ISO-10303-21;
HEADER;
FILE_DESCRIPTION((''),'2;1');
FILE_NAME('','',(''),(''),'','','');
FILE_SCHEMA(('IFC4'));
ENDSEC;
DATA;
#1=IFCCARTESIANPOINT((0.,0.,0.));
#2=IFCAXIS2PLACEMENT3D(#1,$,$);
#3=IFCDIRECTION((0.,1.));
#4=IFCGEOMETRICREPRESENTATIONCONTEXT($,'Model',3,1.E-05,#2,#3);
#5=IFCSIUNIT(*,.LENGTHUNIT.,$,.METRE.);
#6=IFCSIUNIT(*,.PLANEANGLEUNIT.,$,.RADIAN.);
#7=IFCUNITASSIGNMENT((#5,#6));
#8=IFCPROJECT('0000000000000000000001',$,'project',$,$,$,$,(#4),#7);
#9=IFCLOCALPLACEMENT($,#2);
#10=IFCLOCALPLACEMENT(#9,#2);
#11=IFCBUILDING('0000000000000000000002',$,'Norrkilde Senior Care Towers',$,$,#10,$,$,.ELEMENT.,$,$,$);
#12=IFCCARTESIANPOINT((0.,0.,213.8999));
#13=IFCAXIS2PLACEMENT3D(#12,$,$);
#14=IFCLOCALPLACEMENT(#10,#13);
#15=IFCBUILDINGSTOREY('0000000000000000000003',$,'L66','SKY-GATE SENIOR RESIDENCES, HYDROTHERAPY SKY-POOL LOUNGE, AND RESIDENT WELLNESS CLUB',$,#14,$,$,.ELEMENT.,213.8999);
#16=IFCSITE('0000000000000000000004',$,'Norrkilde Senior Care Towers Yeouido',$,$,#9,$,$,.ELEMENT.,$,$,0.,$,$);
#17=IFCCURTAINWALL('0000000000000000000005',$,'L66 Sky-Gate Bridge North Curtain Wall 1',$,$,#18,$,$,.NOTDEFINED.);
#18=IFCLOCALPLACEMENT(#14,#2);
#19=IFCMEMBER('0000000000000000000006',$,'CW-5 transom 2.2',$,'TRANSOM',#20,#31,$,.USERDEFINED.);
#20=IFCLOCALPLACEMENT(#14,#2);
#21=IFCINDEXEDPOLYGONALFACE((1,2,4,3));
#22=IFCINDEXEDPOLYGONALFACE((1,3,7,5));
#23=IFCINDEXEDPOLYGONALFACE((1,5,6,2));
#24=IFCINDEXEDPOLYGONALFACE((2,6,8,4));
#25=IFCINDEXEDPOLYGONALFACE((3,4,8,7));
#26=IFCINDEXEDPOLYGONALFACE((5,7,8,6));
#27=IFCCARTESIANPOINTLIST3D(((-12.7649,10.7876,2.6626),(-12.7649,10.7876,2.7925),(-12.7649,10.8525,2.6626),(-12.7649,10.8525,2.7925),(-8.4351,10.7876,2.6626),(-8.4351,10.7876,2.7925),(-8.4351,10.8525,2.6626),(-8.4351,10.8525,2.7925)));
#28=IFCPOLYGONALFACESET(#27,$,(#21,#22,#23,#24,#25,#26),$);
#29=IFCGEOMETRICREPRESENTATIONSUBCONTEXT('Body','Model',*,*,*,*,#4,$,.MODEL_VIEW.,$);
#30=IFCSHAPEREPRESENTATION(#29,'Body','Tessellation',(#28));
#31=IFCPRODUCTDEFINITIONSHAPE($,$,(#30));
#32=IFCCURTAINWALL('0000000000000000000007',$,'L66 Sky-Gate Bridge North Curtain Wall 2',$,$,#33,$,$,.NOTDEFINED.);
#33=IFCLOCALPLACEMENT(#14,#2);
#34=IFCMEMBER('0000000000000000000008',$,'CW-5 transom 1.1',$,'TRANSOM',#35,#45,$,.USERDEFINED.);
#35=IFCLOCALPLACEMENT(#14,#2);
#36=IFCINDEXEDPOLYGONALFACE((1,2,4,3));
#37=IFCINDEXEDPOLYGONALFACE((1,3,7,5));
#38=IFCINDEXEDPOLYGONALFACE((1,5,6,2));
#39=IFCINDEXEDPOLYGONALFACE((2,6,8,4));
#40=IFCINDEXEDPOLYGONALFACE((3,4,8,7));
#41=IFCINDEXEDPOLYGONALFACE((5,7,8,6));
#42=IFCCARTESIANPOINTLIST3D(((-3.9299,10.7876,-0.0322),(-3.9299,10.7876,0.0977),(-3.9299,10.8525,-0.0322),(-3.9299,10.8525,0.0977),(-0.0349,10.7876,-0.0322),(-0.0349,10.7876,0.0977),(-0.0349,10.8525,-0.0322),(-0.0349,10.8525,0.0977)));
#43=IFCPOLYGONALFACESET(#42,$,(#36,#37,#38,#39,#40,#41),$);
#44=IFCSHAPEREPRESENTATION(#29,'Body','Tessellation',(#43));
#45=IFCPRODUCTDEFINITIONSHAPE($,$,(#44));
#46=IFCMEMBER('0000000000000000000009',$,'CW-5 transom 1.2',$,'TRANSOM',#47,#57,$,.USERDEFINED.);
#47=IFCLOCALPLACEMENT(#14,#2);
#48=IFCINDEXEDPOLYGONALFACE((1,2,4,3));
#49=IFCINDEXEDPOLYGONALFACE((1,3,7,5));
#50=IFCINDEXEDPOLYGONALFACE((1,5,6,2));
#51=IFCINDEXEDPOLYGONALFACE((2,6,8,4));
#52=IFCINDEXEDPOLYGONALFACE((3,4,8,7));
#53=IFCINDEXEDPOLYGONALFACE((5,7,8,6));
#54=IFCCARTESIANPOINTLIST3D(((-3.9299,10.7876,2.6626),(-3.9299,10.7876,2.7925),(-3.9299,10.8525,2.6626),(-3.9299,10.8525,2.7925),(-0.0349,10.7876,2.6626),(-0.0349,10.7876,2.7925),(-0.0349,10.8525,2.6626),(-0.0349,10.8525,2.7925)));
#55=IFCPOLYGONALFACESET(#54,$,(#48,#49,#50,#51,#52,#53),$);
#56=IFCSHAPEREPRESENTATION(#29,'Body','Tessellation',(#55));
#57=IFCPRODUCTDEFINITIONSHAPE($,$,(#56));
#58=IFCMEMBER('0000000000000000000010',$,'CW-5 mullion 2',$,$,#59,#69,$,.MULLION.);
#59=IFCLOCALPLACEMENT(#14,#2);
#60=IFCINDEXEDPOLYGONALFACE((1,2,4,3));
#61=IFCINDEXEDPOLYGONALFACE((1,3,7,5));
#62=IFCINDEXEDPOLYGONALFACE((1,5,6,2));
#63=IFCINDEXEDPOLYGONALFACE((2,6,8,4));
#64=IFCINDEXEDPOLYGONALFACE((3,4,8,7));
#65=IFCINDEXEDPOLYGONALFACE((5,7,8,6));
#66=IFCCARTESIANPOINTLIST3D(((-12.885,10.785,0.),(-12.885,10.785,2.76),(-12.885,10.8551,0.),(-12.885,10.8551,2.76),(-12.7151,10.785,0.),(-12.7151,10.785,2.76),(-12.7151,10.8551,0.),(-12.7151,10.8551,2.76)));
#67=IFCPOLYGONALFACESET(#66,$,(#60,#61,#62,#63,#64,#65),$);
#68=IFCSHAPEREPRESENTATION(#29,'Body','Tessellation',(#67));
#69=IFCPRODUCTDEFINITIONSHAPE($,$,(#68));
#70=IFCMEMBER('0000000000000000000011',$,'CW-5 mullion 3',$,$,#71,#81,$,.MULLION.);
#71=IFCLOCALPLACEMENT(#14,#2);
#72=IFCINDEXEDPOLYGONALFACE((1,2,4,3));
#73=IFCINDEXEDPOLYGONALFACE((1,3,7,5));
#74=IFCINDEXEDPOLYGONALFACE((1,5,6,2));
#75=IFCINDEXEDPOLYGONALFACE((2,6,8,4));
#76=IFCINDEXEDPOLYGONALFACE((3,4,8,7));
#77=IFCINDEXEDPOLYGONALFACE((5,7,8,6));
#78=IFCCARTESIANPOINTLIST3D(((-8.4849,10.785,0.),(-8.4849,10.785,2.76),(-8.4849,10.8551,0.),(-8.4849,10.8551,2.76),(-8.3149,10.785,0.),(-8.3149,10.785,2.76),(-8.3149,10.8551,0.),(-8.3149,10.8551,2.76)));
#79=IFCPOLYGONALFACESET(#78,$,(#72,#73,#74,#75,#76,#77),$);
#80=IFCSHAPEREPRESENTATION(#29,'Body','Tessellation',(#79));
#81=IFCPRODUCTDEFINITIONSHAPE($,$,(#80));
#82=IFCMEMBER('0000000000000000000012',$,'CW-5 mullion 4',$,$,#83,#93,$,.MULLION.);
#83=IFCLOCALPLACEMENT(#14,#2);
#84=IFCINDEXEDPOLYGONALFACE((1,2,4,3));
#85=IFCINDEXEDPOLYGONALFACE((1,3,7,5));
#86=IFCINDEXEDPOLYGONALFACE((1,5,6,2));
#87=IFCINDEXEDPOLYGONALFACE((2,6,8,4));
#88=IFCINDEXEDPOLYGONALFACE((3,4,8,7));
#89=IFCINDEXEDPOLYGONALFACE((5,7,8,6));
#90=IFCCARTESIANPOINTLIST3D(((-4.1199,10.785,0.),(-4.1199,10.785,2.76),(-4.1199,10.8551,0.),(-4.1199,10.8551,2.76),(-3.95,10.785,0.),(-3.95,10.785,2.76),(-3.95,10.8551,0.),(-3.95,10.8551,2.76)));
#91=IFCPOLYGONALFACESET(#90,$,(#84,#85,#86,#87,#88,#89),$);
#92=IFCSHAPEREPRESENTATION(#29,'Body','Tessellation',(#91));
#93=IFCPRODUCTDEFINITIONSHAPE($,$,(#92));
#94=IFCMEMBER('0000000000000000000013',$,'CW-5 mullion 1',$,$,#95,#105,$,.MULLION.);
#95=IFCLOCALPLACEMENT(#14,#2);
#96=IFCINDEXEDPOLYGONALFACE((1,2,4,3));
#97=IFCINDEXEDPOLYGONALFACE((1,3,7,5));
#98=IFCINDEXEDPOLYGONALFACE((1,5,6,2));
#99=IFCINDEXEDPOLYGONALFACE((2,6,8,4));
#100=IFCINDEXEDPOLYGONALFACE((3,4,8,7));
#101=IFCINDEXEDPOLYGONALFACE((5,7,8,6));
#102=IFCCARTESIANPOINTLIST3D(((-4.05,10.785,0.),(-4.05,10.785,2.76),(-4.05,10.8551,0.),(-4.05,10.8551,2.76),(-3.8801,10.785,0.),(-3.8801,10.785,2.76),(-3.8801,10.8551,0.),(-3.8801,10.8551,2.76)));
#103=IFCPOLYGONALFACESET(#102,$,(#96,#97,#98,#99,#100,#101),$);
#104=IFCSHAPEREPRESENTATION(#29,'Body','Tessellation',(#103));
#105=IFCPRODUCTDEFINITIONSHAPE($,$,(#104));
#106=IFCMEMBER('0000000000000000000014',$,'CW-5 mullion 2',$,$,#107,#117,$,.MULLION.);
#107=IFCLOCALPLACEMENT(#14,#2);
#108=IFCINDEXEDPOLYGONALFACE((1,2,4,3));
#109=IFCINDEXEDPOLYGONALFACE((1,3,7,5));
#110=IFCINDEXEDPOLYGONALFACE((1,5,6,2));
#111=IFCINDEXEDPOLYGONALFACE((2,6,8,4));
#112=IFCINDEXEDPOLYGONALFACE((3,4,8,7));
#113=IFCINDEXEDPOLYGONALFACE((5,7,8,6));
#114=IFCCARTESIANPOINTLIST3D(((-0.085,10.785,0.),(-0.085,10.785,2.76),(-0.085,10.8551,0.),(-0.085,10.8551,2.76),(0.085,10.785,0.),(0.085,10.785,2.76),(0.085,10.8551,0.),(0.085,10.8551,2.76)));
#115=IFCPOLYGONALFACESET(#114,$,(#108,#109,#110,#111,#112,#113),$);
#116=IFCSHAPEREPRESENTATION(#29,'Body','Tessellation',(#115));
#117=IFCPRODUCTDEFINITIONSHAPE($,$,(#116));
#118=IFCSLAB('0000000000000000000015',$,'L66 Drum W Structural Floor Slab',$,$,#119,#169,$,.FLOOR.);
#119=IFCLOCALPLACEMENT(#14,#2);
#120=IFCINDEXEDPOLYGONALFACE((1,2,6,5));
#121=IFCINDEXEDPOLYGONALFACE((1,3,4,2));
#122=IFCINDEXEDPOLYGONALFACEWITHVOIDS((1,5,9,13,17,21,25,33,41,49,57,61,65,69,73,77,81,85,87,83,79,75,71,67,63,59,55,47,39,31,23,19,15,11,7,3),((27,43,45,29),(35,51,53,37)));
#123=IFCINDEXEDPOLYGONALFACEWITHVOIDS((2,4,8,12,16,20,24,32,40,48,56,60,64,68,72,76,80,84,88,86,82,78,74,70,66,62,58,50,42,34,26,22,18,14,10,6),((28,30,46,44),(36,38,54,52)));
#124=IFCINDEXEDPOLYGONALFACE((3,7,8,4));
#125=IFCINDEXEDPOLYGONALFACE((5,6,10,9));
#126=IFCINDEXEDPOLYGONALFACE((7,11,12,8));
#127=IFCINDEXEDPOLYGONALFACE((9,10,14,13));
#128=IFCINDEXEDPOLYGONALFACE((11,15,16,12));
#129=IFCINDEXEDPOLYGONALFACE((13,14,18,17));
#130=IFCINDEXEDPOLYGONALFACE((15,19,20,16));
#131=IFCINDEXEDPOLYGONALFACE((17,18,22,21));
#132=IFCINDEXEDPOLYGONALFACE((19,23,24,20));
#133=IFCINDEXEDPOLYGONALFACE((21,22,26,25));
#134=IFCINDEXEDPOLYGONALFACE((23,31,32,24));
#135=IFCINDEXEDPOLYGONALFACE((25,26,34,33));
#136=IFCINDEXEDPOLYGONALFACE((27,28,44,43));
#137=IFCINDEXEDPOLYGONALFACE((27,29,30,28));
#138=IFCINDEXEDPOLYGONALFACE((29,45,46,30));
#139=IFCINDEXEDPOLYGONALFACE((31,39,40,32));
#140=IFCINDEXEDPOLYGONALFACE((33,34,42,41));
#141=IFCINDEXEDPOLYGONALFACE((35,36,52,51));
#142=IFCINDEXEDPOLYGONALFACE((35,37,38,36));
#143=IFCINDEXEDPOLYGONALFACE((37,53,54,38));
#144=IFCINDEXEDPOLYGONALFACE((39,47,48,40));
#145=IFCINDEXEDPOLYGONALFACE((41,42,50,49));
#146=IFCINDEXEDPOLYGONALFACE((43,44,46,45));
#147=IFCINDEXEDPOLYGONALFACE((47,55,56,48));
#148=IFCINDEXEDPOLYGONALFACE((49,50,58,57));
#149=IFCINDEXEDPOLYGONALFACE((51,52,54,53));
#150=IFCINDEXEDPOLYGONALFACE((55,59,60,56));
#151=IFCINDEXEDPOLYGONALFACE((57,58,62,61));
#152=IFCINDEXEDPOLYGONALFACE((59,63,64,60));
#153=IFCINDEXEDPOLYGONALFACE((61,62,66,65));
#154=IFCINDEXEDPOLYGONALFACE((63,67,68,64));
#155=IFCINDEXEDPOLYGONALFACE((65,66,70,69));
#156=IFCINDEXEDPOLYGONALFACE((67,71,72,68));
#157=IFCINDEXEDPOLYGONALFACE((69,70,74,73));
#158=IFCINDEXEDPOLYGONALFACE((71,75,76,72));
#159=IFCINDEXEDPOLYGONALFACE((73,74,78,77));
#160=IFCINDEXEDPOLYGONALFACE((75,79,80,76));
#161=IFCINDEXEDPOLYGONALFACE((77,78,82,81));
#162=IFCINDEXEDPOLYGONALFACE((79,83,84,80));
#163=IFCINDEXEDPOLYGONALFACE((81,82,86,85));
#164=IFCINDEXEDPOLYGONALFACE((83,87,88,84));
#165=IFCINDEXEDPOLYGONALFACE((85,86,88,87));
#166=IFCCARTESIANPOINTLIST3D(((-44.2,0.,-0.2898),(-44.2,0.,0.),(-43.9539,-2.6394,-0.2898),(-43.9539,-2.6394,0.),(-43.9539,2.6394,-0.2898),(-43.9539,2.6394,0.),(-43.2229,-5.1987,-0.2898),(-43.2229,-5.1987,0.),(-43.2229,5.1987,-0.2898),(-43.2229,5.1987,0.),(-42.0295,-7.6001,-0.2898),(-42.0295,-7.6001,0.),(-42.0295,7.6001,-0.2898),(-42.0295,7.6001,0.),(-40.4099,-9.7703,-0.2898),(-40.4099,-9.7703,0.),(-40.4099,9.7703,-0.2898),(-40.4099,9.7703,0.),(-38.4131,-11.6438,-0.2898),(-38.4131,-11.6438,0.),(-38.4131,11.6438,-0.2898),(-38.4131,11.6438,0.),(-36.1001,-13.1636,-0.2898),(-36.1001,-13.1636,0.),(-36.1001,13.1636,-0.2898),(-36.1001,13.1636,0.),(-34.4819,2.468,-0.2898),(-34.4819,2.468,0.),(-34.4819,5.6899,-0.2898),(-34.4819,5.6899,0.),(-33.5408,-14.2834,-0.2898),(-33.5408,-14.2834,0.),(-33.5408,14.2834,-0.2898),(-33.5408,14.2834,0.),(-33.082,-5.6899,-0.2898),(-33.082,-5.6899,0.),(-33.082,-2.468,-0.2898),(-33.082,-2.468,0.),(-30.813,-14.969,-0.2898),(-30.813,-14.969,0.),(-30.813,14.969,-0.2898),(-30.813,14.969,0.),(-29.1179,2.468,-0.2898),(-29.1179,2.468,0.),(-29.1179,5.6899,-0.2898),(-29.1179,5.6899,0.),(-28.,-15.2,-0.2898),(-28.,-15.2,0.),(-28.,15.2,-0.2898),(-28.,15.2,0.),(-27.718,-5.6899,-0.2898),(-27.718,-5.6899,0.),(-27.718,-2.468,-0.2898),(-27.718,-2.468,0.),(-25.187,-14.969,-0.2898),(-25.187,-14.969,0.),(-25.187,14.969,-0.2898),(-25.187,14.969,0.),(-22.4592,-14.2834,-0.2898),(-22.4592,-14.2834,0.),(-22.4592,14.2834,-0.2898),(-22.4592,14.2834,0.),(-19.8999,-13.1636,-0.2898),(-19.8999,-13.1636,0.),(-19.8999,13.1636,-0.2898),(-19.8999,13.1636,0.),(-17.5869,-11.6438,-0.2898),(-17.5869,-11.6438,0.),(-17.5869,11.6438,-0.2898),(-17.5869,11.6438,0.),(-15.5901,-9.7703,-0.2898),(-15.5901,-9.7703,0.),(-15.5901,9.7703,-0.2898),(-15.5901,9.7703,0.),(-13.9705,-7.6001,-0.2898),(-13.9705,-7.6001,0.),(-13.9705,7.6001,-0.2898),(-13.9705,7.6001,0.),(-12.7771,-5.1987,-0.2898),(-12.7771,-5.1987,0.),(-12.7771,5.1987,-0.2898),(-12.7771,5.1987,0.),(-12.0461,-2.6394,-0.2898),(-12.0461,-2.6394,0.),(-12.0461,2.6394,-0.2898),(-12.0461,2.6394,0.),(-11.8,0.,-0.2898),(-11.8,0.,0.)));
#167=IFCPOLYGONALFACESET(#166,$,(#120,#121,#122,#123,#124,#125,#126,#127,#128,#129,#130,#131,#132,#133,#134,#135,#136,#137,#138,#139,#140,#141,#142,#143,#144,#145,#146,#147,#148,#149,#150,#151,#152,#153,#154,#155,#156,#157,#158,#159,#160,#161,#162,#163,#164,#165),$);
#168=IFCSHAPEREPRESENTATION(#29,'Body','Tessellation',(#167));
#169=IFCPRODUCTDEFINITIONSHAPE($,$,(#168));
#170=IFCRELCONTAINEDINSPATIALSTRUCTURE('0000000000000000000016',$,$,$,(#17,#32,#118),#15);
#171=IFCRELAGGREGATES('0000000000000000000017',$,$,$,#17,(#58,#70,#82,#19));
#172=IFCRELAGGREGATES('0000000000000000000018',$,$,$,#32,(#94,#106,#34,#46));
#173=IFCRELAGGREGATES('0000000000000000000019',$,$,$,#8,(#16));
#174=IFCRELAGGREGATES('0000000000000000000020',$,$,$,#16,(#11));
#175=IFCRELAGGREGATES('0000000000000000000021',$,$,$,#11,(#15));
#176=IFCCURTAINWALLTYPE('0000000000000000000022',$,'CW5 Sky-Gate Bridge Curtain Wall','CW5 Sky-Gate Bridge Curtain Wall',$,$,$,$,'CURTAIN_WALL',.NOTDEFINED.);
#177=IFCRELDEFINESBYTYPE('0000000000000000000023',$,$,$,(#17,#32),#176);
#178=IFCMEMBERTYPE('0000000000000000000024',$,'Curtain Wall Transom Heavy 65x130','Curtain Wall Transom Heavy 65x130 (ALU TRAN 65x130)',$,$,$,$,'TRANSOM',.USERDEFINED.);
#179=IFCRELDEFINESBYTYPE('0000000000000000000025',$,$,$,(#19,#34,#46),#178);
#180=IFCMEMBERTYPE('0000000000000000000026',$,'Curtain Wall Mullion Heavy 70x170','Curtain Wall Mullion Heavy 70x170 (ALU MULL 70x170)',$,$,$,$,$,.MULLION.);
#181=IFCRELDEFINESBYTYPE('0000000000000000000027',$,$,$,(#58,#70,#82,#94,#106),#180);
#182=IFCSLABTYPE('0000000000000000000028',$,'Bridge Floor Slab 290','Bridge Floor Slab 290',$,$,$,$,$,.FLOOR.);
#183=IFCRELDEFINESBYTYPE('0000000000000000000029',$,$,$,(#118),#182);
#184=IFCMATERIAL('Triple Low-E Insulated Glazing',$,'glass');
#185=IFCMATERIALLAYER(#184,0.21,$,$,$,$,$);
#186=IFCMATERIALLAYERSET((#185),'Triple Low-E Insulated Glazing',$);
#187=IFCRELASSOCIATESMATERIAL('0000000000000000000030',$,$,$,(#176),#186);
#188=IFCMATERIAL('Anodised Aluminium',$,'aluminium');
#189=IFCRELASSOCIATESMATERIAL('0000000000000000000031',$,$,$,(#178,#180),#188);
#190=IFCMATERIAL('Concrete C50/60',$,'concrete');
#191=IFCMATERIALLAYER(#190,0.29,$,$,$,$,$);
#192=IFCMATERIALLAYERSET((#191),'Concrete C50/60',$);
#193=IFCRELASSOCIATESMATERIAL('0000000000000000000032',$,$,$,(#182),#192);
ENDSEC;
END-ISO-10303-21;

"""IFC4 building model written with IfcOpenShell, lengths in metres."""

from ifc_helpers import new_model, si_unit, direction, frame, origin, origin_2d, place, context, subcontext, project, spatial, polyline, rectangle, outline, extrude, source, transform, mapped, material, layer, layer_set, material_profile, profile_set, type_object, type_shapes, element, aggregate, save


model = new_model("IFC4")

# Units and contexts
model_context = context("Model", 3, precision=1e-05, world=origin(), true_north=direction((0.0, 1.0)))
body_context = subcontext(model_context, "Body", "Model", "MODEL_VIEW")
ifc_project = project(units=[si_unit("LENGTHUNIT", "METRE"), si_unit("PLANEANGLEUNIT", "RADIAN")], contexts=[model_context])

# Site, building, storey
site_placement = place(None, origin())
site = spatial("IfcSite", under=ifc_project, at=site_placement, Name="Norrkilde Senior Care Towers Yeouido", CompositionType="ELEMENT", RefElevation=0.0)
building_placement = place(site_placement, origin())
building = spatial("IfcBuilding", under=site, at=building_placement, Name="Norrkilde Senior Care Towers", CompositionType="ELEMENT")
storey_placement = place(building_placement, frame((0.0, 0.0, 213.8999)))
storey = spatial("IfcBuildingStorey", under=building, at=storey_placement, Name="L66", Description="SKY-GATE SENIOR RESIDENCES, HYDROTHERAPY SKY-POOL LOUNGE, AND RESIDENT WELLNESS CLUB", CompositionType="ELEMENT", Elevation=213.8999)

# Curtain walls, members
ifc_material_1 = material(Name="Triple Low-E Insulated Glazing", Category="glass")
ifc_layer_1 = layer(ifc_material_1, 0.21)
ifc_layer_set_1 = layer_set([ifc_layer_1], Name="Triple Low-E Insulated Glazing")
curtain_wall_type = type_object("IfcCurtainWallType", Name="CW5 Sky-Gate Bridge Curtain Wall", Description="CW5 Sky-Gate Bridge Curtain Wall", ElementType="CURTAIN_WALL", PredefinedType="NOTDEFINED", material=ifc_layer_set_1)
curtain_wall_1_placement = place(storey_placement, origin())
curtain_wall_1 = element("IfcCurtainWall", 1, at=curtain_wall_1_placement, inside=storey, type_object=curtain_wall_type, Name="L66 Sky-Gate Bridge North Curtain Wall 1", PredefinedType="NOTDEFINED")
ifc_material_2 = material(Name="Anodised Aluminium", Category="aluminium")
ifc_material_profile_1 = material_profile(ifc_material_2, rectangle(XDim=0.0649, YDim=0.1299, at=origin_2d()), Name="ALU TRAN 65x130")
ifc_profile_set_1 = profile_set([ifc_material_profile_1], Name="Anodised Aluminium")
member_type_1 = type_object("IfcMemberType", Name="Curtain Wall Transom Heavy 65x130", Description="Curtain Wall Transom Heavy 65x130 (ALU TRAN 65x130)", ElementType="TRANSOM", PredefinedType="USERDEFINED", material=ifc_profile_set_1)
shared_shape_1 = source(origin(), body_context, "Body", "SweptSolid", [
    extrude(rectangle(XDim=0.0649, YDim=0.1299, at=origin_2d()), origin(), (0.0, 0.0, 1.0), 4.3298),
])
member_1_placement = place(storey_placement, frame((-12.7649, 10.8201, 2.7275), z_axis=(1.0, 0.0, 0.0), x_axis=(0.0, 1.0, 0.0)))
member_1 = element("IfcMember", 2, at=member_1_placement, type_object=member_type_1, Name="CW-5 transom 2.2", ObjectType="TRANSOM", PredefinedType="USERDEFINED", context=body_context, shape_type="MappedRepresentation", body=[
    mapped(shared_shape_1, transform((0.0, 0.0, 0.0), x_axis=(1.0, 0.0, 0.0), y_axis=(0.0, 1.0, 0.0), z_axis=(0.0, 0.0, 1.0), scale=1.0)),
])
curtain_wall_2_placement = place(storey_placement, origin())
curtain_wall_2 = element("IfcCurtainWall", 3, at=curtain_wall_2_placement, inside=storey, type_object=curtain_wall_type, Name="L66 Sky-Gate Bridge North Curtain Wall 2", PredefinedType="NOTDEFINED")
shared_shape_2 = source(origin(), body_context, "Body", "SweptSolid", [
    extrude(rectangle(XDim=0.0649, YDim=0.1299, at=origin_2d()), origin(), (0.0, 0.0, 1.0), 3.895),
])
member_2_placement = place(storey_placement, frame((-3.9299, 10.8201, 0.0327), z_axis=(1.0, 0.0, 0.0), x_axis=(0.0, 1.0, 0.0)))
member_2 = element("IfcMember", 4, at=member_2_placement, type_object=member_type_1, Name="CW-5 transom 1.1", ObjectType="TRANSOM", PredefinedType="USERDEFINED", context=body_context, shape_type="MappedRepresentation", body=[
    mapped(shared_shape_2, transform((0.0, 0.0, 0.0), x_axis=(1.0, 0.0, 0.0), y_axis=(0.0, 1.0, 0.0), z_axis=(0.0, 0.0, 1.0), scale=1.0)),
])
member_3_placement = place(storey_placement, frame((-3.9299, 10.8201, 2.7275), z_axis=(1.0, 0.0, 0.0), x_axis=(0.0, 1.0, 0.0)))
member_3 = element("IfcMember", 5, at=member_3_placement, type_object=member_type_1, Name="CW-5 transom 1.2", ObjectType="TRANSOM", PredefinedType="USERDEFINED", context=body_context, shape_type="MappedRepresentation", body=[
    mapped(shared_shape_2, transform((0.0, 0.0, 0.0), x_axis=(1.0, 0.0, 0.0), y_axis=(0.0, 1.0, 0.0), z_axis=(0.0, 0.0, 1.0), scale=1.0)),
])

# Members
ifc_material_profile_2 = material_profile(ifc_material_2, rectangle(XDim=0.0701, YDim=0.1699, at=origin_2d()), Name="ALU MULL 70x170")
ifc_profile_set_2 = profile_set([ifc_material_profile_2], Name="Anodised Aluminium")
member_type_2 = type_object("IfcMemberType", Name="Curtain Wall Mullion Heavy 70x170", Description="Curtain Wall Mullion Heavy 70x170 (ALU MULL 70x170)", PredefinedType="MULLION", material=ifc_profile_set_2)
shared_shape_3 = source(origin(), body_context, "Body", "SweptSolid", [
    extrude(rectangle(XDim=0.0701, YDim=0.1699, at=origin_2d()), origin(), (0.0, 0.0, 1.0), 2.76),
])
type_shapes(member_type_2, [shared_shape_3])
member_4_placement = place(storey_placement, frame((-12.8, 10.8201, 0.0), z_axis=(0.0, 0.0, 1.0), x_axis=(0.0, 1.0, 0.0)))
member_4 = element("IfcMember", 6, at=member_4_placement, type_object=member_type_2, Name="CW-5 mullion 2", PredefinedType="MULLION", context=body_context, shape_type="MappedRepresentation", body=[
    mapped(shared_shape_3, transform((0.0, 0.0, 0.0), x_axis=(1.0, 0.0, 0.0), y_axis=(0.0, 1.0, 0.0), z_axis=(0.0, 0.0, 1.0), scale=1.0)),
])
member_5_placement = place(storey_placement, frame((-8.3999, 10.8201, 0.0), z_axis=(0.0, 0.0, 1.0), x_axis=(0.0, 1.0, 0.0)))
member_5 = element("IfcMember", 7, at=member_5_placement, type_object=member_type_2, Name="CW-5 mullion 3", PredefinedType="MULLION", context=body_context, shape_type="MappedRepresentation", body=[
    mapped(shared_shape_3, transform((0.0, 0.0, 0.0), x_axis=(1.0, 0.0, 0.0), y_axis=(0.0, 1.0, 0.0), z_axis=(0.0, 0.0, 1.0), scale=1.0)),
])
member_6_placement = place(storey_placement, frame((-4.0349, 10.8201, 0.0), z_axis=(0.0, 0.0, 1.0), x_axis=(0.0, 1.0, 0.0)))
member_6 = element("IfcMember", 8, at=member_6_placement, type_object=member_type_2, Name="CW-5 mullion 4", PredefinedType="MULLION", context=body_context, shape_type="MappedRepresentation", body=[
    mapped(shared_shape_3, transform((0.0, 0.0, 0.0), x_axis=(1.0, 0.0, 0.0), y_axis=(0.0, 1.0, 0.0), z_axis=(0.0, 0.0, 1.0), scale=1.0)),
])
member_7_placement = place(storey_placement, frame((-3.9651, 10.8201, 0.0), z_axis=(0.0, 0.0, 1.0), x_axis=(0.0, 1.0, 0.0)))
member_7 = element("IfcMember", 9, at=member_7_placement, type_object=member_type_2, Name="CW-5 mullion 1", PredefinedType="MULLION", context=body_context, shape_type="MappedRepresentation", body=[
    mapped(shared_shape_3, transform((0.0, 0.0, 0.0), x_axis=(1.0, 0.0, 0.0), y_axis=(0.0, 1.0, 0.0), z_axis=(0.0, 0.0, 1.0), scale=1.0)),
])
member_8_placement = place(storey_placement, frame((0.0, 10.8201, 0.0), z_axis=(0.0, 0.0, 1.0), x_axis=(0.0, 1.0, 0.0)))
member_8 = element("IfcMember", 10, at=member_8_placement, type_object=member_type_2, Name="CW-5 mullion 2", PredefinedType="MULLION", context=body_context, shape_type="MappedRepresentation", body=[
    mapped(shared_shape_3, transform((0.0, 0.0, 0.0), x_axis=(1.0, 0.0, 0.0), y_axis=(0.0, 1.0, 0.0), z_axis=(0.0, 0.0, 1.0), scale=1.0)),
])

# Slab
ifc_material_3 = material(Name="Concrete C50/60", Category="concrete")
ifc_layer_2 = layer(ifc_material_3, 0.29)
ifc_layer_set_2 = layer_set([ifc_layer_2], Name="Concrete C50/60")
slab_type_1 = type_object("IfcSlabType", Name="Bridge Floor Slab 290", Description="Bridge Floor Slab 290", PredefinedType="FLOOR", material=ifc_layer_set_2)
slab_1_placement = place(storey_placement, frame((0.0, 0.0, -0.2898)))
element("IfcSlab", 11, at=slab_1_placement, inside=storey, type_object=slab_type_1, Name="L66 Drum W Structural Floor Slab", PredefinedType="FLOOR", context=body_context, shape_type="SweptSolid", body=[
    extrude(outline(polyline([(-12.7771, -5.1987), (-13.9705, -7.6001), (-15.5901, -9.7703), (-17.5869, -11.6438), (-19.8999, -13.1636), (-22.4592, -14.2834), (-25.187, -14.969), (-28.0, -15.2), (-30.813, -14.969), (-33.5408, -14.2834), (-36.1001, -13.1636), (-38.4131, -11.6438), (-40.4099, -9.7703), (-42.0295, -7.6001), (-43.2229, -5.1987), (-43.9539, -2.6394), (-44.2, 0.0), (-43.9539, 2.6394), (-43.2229, 5.1987), (-42.0295, 7.6001), (-40.4099, 9.7703), (-38.4131, 11.6438), (-36.1001, 13.1636), (-33.5408, 14.2834), (-30.813, 14.969), (-28.0, 15.2), (-25.187, 14.969), (-22.4592, 14.2834), (-19.8999, 13.1636), (-17.5869, 11.6438), (-15.5901, 9.7703), (-13.9705, 7.6001), (-12.7771, 5.1987), (-12.0461, 2.6394), (-11.8, 0.0), (-12.0461, -2.6394), (-12.7771, -5.1987)]), holes=[polyline([(-34.4819, 2.468), (-29.1179, 2.468), (-29.1179, 5.6899), (-34.4819, 5.6899), (-34.4819, 2.468)]), polyline([(-27.718, -5.6899), (-27.718, -2.468), (-33.082, -2.468), (-33.082, -5.6899), (-27.718, -5.6899)])]), origin(), (0.0, 0.0, 1.0), 0.2898),
])

aggregate(curtain_wall_1, [member_4, member_5, member_6, member_1])
aggregate(curtain_wall_2, [member_7, member_8, member_2, member_3])

save(model, "model.ifc")
